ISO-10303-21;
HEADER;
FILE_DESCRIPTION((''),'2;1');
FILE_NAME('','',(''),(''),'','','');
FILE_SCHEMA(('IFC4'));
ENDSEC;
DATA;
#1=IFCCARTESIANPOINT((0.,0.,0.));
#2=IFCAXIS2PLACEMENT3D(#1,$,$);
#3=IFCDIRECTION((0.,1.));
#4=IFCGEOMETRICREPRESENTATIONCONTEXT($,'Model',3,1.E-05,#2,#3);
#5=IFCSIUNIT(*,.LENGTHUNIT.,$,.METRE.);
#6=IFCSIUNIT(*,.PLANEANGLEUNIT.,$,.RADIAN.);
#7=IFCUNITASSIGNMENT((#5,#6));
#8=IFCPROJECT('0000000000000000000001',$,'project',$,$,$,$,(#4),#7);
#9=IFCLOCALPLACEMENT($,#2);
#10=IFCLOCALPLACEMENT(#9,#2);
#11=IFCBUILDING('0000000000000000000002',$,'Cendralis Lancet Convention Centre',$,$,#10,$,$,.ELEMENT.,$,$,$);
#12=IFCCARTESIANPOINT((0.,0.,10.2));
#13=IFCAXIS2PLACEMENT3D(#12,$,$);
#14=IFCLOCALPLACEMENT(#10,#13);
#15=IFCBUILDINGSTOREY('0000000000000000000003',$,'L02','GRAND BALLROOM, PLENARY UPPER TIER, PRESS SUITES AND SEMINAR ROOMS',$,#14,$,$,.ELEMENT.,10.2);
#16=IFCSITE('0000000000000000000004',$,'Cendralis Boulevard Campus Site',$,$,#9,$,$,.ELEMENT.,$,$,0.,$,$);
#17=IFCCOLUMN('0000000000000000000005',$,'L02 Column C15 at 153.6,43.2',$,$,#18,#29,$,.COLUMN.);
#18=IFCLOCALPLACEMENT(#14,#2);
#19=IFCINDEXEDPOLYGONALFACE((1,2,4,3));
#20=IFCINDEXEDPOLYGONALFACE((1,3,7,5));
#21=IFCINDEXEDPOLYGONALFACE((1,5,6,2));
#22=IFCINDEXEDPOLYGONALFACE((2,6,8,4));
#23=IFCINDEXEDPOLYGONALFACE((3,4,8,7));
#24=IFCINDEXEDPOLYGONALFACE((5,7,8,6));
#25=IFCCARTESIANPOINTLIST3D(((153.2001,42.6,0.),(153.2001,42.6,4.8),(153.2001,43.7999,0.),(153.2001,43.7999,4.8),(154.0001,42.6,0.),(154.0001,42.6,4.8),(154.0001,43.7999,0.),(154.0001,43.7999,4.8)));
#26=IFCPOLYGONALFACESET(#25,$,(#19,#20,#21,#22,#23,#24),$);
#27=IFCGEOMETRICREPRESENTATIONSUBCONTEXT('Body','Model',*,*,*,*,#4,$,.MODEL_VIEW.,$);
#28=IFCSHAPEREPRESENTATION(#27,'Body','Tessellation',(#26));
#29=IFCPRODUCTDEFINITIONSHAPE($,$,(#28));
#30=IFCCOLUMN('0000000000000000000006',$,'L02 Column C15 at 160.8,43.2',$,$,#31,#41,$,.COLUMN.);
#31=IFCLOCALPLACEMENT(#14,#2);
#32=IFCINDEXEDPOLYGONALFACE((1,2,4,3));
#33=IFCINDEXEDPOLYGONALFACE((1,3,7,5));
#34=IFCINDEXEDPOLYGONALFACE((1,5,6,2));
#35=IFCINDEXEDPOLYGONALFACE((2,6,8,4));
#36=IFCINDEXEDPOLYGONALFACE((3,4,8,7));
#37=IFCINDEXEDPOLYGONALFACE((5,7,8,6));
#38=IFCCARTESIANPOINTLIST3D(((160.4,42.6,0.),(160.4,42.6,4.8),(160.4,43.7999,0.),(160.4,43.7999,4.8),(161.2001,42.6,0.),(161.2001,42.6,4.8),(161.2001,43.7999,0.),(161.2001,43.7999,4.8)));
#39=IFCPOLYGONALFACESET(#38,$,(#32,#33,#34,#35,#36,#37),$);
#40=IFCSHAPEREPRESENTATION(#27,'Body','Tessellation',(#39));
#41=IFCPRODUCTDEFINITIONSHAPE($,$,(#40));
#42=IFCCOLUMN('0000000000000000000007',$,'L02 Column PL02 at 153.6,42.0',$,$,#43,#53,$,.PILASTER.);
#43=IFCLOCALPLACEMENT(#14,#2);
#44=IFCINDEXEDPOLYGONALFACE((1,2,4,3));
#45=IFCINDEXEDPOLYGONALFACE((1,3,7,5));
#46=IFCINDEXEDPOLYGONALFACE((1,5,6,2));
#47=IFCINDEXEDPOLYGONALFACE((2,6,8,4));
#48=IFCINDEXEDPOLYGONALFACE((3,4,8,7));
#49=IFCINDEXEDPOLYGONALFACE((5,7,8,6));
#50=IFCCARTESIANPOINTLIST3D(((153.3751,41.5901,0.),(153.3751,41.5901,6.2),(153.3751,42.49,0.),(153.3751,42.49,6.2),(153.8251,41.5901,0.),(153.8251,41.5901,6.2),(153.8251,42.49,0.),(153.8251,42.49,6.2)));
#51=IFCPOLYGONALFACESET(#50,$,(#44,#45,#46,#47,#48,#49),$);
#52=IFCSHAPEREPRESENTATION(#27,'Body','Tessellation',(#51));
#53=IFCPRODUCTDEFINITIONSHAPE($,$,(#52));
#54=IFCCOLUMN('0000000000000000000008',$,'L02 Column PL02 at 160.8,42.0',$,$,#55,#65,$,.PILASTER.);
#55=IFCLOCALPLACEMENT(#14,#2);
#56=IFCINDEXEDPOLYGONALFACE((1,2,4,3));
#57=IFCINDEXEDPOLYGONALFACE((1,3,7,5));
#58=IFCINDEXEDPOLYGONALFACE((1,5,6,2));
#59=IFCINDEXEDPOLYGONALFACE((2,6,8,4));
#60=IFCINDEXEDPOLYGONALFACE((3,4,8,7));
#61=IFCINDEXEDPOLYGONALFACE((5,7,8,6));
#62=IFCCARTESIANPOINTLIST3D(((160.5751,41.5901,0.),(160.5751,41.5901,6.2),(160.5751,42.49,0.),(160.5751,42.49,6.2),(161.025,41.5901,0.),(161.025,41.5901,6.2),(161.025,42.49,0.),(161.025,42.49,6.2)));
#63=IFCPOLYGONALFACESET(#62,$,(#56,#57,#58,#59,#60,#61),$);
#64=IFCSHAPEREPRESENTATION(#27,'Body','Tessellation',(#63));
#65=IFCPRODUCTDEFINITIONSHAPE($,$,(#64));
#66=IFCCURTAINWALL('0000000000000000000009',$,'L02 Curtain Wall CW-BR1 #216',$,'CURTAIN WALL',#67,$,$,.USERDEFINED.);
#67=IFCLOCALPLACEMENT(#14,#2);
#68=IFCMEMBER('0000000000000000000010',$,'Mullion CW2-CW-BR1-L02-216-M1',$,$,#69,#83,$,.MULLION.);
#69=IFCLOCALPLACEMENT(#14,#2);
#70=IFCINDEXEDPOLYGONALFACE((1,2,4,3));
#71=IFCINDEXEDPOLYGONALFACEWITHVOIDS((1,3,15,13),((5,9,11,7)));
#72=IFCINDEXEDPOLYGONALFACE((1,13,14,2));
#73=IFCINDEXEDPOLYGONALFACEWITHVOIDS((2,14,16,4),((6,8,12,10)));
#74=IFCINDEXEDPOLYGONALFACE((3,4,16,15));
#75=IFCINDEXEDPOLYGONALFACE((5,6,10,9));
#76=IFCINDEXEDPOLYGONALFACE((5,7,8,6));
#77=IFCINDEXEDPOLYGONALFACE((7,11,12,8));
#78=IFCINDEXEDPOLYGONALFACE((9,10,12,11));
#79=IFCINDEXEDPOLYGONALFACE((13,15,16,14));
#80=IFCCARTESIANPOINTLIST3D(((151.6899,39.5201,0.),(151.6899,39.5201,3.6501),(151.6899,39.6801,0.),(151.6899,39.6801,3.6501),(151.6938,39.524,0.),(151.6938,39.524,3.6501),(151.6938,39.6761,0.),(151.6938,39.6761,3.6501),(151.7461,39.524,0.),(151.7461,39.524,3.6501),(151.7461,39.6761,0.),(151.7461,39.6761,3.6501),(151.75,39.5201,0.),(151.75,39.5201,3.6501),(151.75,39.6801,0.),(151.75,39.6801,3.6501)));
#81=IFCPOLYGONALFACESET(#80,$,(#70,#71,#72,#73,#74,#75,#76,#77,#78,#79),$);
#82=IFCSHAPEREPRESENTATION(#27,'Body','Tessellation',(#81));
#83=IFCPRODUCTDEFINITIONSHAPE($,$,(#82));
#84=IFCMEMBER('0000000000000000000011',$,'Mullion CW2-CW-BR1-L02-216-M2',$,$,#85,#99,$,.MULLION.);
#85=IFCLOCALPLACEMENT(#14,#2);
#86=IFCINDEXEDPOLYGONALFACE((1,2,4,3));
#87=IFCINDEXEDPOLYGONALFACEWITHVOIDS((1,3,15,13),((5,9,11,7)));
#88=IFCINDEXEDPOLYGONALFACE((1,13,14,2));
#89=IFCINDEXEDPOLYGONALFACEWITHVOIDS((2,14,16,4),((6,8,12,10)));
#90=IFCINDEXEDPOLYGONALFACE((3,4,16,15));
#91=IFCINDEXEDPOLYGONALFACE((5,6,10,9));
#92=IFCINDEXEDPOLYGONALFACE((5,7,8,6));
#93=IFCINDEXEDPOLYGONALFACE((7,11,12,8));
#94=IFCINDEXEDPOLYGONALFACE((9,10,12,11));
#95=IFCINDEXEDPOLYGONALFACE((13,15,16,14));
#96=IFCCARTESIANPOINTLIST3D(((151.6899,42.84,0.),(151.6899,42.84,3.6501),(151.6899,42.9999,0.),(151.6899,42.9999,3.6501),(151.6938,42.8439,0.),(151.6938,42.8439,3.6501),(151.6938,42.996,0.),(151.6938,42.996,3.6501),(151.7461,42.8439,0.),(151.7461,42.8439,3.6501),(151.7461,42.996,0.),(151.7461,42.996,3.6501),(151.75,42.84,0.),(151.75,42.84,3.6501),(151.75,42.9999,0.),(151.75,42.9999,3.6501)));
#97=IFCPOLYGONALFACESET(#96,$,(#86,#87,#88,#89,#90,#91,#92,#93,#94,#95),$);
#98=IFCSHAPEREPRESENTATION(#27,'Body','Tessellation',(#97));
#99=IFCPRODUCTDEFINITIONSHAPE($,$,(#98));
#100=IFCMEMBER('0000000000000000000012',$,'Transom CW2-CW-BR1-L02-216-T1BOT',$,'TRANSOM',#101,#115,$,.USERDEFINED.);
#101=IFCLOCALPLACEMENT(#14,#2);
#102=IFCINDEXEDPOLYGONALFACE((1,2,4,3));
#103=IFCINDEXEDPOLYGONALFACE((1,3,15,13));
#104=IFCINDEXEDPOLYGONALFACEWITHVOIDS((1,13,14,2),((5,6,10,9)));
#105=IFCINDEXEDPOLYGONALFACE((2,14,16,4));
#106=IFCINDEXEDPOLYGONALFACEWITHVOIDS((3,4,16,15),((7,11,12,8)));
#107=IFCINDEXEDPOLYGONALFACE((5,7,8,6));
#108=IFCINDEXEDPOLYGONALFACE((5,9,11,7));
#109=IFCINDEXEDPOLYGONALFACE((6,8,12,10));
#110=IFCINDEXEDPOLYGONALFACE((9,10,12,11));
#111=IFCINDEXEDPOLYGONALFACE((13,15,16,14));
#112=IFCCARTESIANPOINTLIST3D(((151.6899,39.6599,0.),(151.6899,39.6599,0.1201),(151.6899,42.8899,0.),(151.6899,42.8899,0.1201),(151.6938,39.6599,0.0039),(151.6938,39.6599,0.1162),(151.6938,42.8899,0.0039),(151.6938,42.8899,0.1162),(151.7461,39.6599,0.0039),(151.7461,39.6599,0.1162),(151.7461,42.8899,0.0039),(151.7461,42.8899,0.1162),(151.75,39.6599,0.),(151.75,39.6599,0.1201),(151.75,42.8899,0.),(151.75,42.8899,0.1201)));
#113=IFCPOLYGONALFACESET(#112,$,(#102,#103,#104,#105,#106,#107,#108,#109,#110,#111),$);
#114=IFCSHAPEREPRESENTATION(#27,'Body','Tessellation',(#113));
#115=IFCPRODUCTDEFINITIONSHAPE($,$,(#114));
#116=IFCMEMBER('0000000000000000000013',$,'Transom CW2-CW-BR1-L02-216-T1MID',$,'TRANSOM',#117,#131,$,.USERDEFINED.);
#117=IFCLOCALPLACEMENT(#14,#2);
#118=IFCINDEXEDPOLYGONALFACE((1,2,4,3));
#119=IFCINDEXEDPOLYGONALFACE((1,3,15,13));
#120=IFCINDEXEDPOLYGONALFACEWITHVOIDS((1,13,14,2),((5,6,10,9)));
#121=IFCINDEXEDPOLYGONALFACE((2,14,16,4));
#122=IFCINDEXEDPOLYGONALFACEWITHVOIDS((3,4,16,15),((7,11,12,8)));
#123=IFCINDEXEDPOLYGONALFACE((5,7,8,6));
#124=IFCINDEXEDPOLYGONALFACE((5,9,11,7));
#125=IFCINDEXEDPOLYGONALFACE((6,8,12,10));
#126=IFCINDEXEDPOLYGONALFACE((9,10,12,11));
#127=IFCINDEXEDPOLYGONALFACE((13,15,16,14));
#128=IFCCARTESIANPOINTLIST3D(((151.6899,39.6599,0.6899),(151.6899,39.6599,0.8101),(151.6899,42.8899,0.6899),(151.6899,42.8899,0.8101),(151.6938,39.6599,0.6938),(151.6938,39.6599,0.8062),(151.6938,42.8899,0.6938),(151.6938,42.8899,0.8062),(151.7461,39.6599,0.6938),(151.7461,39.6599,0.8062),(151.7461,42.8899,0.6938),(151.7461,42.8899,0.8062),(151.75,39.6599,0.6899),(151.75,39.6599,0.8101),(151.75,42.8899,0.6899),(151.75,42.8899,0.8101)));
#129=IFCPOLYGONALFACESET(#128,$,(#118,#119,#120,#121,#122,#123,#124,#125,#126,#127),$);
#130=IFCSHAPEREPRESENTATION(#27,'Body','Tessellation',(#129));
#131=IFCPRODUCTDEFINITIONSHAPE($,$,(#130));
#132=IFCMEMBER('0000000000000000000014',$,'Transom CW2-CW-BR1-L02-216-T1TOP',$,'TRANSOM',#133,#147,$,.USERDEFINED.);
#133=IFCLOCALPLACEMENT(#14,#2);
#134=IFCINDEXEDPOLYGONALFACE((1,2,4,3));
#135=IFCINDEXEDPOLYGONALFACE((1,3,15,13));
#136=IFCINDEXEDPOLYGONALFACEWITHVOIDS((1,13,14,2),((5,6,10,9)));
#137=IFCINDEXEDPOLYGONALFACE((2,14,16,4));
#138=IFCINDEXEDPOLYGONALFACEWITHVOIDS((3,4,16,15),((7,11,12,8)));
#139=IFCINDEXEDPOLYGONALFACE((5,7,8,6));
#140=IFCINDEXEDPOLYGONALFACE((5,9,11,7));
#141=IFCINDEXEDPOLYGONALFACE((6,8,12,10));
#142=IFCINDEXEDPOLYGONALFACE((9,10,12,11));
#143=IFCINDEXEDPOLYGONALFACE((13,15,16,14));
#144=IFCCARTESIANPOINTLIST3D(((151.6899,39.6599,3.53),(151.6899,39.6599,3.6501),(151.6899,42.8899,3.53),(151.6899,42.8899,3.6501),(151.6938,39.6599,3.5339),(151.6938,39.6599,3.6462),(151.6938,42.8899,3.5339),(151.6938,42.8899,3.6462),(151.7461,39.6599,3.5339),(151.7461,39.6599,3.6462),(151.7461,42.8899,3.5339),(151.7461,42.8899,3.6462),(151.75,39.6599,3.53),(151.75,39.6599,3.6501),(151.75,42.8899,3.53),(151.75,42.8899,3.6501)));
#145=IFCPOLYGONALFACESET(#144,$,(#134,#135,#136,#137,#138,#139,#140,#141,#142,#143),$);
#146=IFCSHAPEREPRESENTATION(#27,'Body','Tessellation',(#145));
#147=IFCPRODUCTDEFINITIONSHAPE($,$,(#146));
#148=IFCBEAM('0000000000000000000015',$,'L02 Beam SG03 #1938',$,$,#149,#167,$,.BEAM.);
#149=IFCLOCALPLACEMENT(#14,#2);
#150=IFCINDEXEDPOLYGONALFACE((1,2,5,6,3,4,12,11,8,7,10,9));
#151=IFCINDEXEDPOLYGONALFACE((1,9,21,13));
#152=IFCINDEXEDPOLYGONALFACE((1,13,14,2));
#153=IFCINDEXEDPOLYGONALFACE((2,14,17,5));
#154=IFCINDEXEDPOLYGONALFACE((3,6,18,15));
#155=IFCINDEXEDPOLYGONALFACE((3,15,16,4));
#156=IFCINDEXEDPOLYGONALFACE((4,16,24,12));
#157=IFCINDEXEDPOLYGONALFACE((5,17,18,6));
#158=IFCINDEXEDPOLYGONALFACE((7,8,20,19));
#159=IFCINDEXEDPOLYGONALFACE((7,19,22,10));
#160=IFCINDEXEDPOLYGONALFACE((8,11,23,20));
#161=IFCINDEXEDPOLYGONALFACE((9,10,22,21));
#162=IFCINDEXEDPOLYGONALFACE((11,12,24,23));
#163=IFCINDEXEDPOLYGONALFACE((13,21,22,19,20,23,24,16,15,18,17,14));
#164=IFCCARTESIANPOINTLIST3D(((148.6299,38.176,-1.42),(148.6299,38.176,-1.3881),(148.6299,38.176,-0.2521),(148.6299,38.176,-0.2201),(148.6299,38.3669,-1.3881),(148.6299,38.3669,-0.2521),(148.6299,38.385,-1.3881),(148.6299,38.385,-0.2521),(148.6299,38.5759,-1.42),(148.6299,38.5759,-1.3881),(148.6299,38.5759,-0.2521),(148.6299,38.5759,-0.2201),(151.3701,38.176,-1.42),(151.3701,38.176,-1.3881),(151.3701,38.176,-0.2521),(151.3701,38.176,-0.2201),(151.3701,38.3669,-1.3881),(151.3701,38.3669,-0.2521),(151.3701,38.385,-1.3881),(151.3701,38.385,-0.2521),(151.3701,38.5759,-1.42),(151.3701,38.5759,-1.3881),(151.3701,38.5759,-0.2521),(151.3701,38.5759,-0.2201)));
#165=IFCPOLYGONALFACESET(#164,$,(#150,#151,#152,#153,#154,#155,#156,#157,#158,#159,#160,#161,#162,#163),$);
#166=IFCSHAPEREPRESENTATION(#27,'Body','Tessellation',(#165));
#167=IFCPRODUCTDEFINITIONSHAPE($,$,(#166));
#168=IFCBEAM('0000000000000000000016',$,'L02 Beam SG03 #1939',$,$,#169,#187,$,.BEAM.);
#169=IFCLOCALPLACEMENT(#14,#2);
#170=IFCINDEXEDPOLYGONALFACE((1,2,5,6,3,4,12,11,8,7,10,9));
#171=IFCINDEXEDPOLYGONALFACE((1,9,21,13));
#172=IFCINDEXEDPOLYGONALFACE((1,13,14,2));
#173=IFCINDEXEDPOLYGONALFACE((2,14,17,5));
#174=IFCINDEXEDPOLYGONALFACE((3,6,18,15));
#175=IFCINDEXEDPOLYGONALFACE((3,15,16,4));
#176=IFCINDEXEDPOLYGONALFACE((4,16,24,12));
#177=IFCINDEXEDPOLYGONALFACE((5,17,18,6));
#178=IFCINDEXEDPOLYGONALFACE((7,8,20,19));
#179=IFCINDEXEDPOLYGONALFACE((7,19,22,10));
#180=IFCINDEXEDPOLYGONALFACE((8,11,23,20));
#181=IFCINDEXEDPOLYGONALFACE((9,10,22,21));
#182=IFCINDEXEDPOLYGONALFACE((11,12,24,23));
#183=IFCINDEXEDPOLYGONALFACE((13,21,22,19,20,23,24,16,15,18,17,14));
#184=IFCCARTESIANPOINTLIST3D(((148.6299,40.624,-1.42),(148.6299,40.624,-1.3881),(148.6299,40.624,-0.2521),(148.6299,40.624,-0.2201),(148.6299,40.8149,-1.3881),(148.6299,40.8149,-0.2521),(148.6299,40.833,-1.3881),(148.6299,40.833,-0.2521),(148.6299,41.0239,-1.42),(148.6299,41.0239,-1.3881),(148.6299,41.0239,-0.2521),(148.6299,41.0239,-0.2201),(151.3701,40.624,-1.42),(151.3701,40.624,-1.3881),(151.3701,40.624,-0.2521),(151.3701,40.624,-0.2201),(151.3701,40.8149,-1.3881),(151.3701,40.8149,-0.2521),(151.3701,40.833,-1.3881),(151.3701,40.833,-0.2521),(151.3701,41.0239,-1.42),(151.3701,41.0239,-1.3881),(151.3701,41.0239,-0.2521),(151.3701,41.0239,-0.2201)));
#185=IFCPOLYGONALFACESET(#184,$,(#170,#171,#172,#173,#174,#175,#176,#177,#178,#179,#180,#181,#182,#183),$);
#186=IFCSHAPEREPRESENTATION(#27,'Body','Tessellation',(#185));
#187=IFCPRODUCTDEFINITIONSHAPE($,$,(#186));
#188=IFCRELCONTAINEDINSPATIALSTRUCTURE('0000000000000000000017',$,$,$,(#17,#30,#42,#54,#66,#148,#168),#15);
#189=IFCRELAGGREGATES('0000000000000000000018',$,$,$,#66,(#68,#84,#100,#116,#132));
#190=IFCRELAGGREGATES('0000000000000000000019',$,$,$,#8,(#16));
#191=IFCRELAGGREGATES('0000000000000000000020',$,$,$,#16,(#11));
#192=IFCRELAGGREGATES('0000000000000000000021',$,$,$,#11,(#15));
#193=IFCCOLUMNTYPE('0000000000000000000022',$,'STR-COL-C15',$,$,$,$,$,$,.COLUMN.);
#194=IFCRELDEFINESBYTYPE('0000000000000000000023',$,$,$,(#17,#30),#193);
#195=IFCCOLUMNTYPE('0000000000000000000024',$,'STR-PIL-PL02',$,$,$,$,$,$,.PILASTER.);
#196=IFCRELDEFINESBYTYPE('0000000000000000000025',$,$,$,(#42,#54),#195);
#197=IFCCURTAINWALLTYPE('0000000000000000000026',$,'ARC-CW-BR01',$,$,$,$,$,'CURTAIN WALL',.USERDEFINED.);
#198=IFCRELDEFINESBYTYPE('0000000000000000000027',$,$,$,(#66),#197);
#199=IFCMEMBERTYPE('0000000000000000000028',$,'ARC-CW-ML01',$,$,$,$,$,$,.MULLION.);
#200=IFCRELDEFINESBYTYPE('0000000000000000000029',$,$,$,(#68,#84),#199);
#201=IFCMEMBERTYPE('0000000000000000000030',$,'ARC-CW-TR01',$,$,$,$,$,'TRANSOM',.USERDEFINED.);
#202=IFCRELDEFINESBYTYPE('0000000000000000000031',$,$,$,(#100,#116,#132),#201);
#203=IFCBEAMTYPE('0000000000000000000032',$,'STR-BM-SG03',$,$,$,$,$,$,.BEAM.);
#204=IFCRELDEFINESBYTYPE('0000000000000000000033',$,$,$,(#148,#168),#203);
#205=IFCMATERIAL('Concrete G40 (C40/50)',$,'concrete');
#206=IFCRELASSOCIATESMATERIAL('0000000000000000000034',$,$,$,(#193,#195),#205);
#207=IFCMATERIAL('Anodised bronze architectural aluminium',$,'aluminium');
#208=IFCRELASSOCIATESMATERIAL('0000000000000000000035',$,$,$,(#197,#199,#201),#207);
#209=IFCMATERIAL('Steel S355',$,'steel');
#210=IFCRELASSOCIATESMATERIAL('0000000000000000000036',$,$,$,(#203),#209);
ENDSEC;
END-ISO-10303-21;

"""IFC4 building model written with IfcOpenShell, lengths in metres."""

from ifc_helpers import new_model, si_unit, direction, frame, origin, origin_2d, place, context, subcontext, project, spatial, rectangle, hollow_rectangle, i_section, extrude, material, material_profile, profile_set, type_object, element, aggregate, save


model = new_model("IFC4")

# Units and contexts
model_context = context("Model", 3, precision=1e-05, world=origin(), true_north=direction((0.0, 1.0)))
body_context = subcontext(model_context, "Body", "Model", "MODEL_VIEW")
ifc_project = project(units=[si_unit("LENGTHUNIT", "METRE"), si_unit("PLANEANGLEUNIT", "RADIAN")], contexts=[model_context])

# Site, building, storey
site_placement = place(None, origin())
site = spatial("IfcSite", under=ifc_project, at=site_placement, Name="Cendralis Boulevard Campus Site", CompositionType="ELEMENT", RefElevation=0.0)
building_placement = place(site_placement, origin())
building = spatial("IfcBuilding", under=site, at=building_placement, Name="Cendralis Lancet Convention Centre", CompositionType="ELEMENT")
storey_placement = place(building_placement, frame((0.0, 0.0, 10.2)))
storey = spatial("IfcBuildingStorey", under=building, at=storey_placement, Name="L02", Description="GRAND BALLROOM, PLENARY UPPER TIER, PRESS SUITES AND SEMINAR ROOMS", CompositionType="ELEMENT", Elevation=10.2)

# Columns
ifc_material_1 = material(Name="Concrete G40 (C40/50)", Category="concrete")
ifc_material_profile_1 = material_profile(ifc_material_1, rectangle(XDim=0.8, YDim=1.2, at=origin_2d()), Name="RC 800x1200")
ifc_profile_set_1 = profile_set([ifc_material_profile_1], Name="Concrete G40 (C40/50)")
column_type_1 = type_object("IfcColumnType", Name="STR-COL-C15", PredefinedType="COLUMN", material=ifc_profile_set_1)
for number, where, z_axis, x_axis, name in (
    (1, (153.6001, 43.2, 0.0), (0.0, 0.0, 1.0), (1.0, 0.0, 0.0), "L02 Column C15 at 153.6,43.2"),
    (2, (160.8, 43.2, 0.0), (0.0, 0.0, 1.0), (1.0, 0.0, 0.0), "L02 Column C15 at 160.8,43.2"),
):
    element("IfcColumn", number, at=place(storey_placement, frame(where, z_axis=z_axis, x_axis=x_axis)), inside=storey, type_object=column_type_1, Name=name, PredefinedType="COLUMN", context=body_context, shape_type="SweptSolid", body=[
        extrude(rectangle(XDim=0.8, YDim=1.2, at=origin_2d()), origin(), (0.0, 0.0, 1.0), 4.8),
    ])
ifc_material_profile_2 = material_profile(ifc_material_1, rectangle(XDim=0.45, YDim=0.8999, at=origin_2d()), Name="RC 450x900")
ifc_profile_set_2 = profile_set([ifc_material_profile_2], Name="Concrete G40 (C40/50)")
column_type_2 = type_object("IfcColumnType", Name="STR-PIL-PL02", PredefinedType="PILASTER", material=ifc_profile_set_2)
for number, where, z_axis, x_axis, name in (
    (3, (153.6001, 42.04, 0.0), (0.0, 0.0, 1.0), (1.0, 0.0, 0.0), "L02 Column PL02 at 153.6,42.0"),
    (4, (160.8, 42.04, 0.0), (0.0, 0.0, 1.0), (1.0, 0.0, 0.0), "L02 Column PL02 at 160.8,42.0"),
):
    element("IfcColumn", number, at=place(storey_placement, frame(where, z_axis=z_axis, x_axis=x_axis)), inside=storey, type_object=column_type_2, Name=name, PredefinedType="PILASTER", context=body_context, shape_type="SweptSolid", body=[
        extrude(rectangle(XDim=0.45, YDim=0.8999, at=origin_2d()), origin(), (0.0, 0.0, 1.0), 6.2),
    ])

# Curtain wall, members
ifc_material_2 = material(Name="Anodised bronze architectural aluminium", Category="aluminium")
curtain_wall_type = type_object("IfcCurtainWallType", Name="ARC-CW-BR01", ElementType="CURTAIN WALL", PredefinedType="USERDEFINED", material=ifc_material_2)
curtain_wall_placement = place(storey_placement, origin())
curtain_wall = element("IfcCurtainWall", 5, at=curtain_wall_placement, inside=storey, type_object=curtain_wall_type, Name="L02 Curtain Wall CW-BR1 #216", ObjectType="CURTAIN WALL", PredefinedType="USERDEFINED")
ifc_material_profile_3 = material_profile(ifc_material_2, hollow_rectangle(XDim=0.0601, YDim=0.1599, WallThickness=0.0039, at=origin_2d()), Name="AL-MULL 60x160x4.0")
ifc_profile_set_3 = profile_set([ifc_material_profile_3], Name="Anodised bronze architectural aluminium")
member_type_1 = type_object("IfcMemberType", Name="ARC-CW-ML01", PredefinedType="MULLION", material=ifc_profile_set_3)
member_1_placement = place(storey_placement, frame((151.72, 39.6001, 0.0), z_axis=(0.0, 0.0, 1.0), x_axis=(1.0, 0.0, 0.0)))
member_1 = element("IfcMember", 6, at=member_1_placement, type_object=member_type_1, Name="Mullion CW2-CW-BR1-L02-216-M1", PredefinedType="MULLION", context=body_context, shape_type="SweptSolid", body=[
    extrude(hollow_rectangle(XDim=0.0601, YDim=0.1599, WallThickness=0.0039, at=origin_2d()), origin(), (0.0, 0.0, 1.0), 3.6501),
])
member_2_placement = place(storey_placement, frame((151.72, 42.9199, 0.0), z_axis=(0.0, 0.0, 1.0), x_axis=(1.0, 0.0, 0.0)))
member_2 = element("IfcMember", 7, at=member_2_placement, type_object=member_type_1, Name="Mullion CW2-CW-BR1-L02-216-M2", PredefinedType="MULLION", context=body_context, shape_type="SweptSolid", body=[
    extrude(hollow_rectangle(XDim=0.0601, YDim=0.1599, WallThickness=0.0039, at=origin_2d()), origin(), (0.0, 0.0, 1.0), 3.6501),
])
ifc_material_profile_4 = material_profile(ifc_material_2, hollow_rectangle(XDim=0.0601, YDim=0.1201, WallThickness=0.0039, at=origin_2d()), Name="AL-TRAN 60x120x4.0")
ifc_profile_set_4 = profile_set([ifc_material_profile_4], Name="Anodised bronze architectural aluminium")
member_type_2 = type_object("IfcMemberType", Name="ARC-CW-TR01", ElementType="TRANSOM", PredefinedType="USERDEFINED", material=ifc_profile_set_4)
member_3_placement = place(storey_placement, frame((151.72, 39.6599, 0.0601), z_axis=(0.0, 1.0, 0.0), x_axis=(-1.0, 0.0, 0.0)))
member_3 = element("IfcMember", 8, at=member_3_placement, type_object=member_type_2, Name="Transom CW2-CW-BR1-L02-216-T1BOT", ObjectType="TRANSOM", PredefinedType="USERDEFINED", context=body_context, shape_type="SweptSolid", body=[
    extrude(hollow_rectangle(XDim=0.0601, YDim=0.1201, WallThickness=0.0039, at=origin_2d()), origin(), (0.0, 0.0, 1.0), 3.23),
])
member_4_placement = place(storey_placement, frame((151.72, 39.6599, 0.75), z_axis=(0.0, 1.0, 0.0), x_axis=(-1.0, 0.0, 0.0)))
member_4 = element("IfcMember", 9, at=member_4_placement, type_object=member_type_2, Name="Transom CW2-CW-BR1-L02-216-T1MID", ObjectType="TRANSOM", PredefinedType="USERDEFINED", context=body_context, shape_type="SweptSolid", body=[
    extrude(hollow_rectangle(XDim=0.0601, YDim=0.1201, WallThickness=0.0039, at=origin_2d()), origin(), (0.0, 0.0, 1.0), 3.23),
])
member_5_placement = place(storey_placement, frame((151.72, 39.6599, 3.5901), z_axis=(0.0, 1.0, 0.0), x_axis=(-1.0, 0.0, 0.0)))
member_5 = element("IfcMember", 10, at=member_5_placement, type_object=member_type_2, Name="Transom CW2-CW-BR1-L02-216-T1TOP", ObjectType="TRANSOM", PredefinedType="USERDEFINED", context=body_context, shape_type="SweptSolid", body=[
    extrude(hollow_rectangle(XDim=0.0601, YDim=0.1201, WallThickness=0.0039, at=origin_2d()), origin(), (0.0, 0.0, 1.0), 3.23),
])

# Beams
ifc_material_3 = material(Name="Steel S355", Category="steel")
ifc_material_profile_5 = material_profile(ifc_material_3, i_section(OverallWidth=0.3999, OverallDepth=1.2, WebThickness=0.0181, FlangeThickness=0.032, at=origin_2d()), Name="PG 1200x400")
ifc_profile_set_5 = profile_set([ifc_material_profile_5], Name="Steel S355")
beam_type_1 = type_object("IfcBeamType", Name="STR-BM-SG03", PredefinedType="BEAM", material=ifc_profile_set_5)
for number, where, z_axis, x_axis, name in (
    (11, (148.6299, 38.376, -0.8201), (1.0, 0.0, 0.0), (0.0, 1.0, 0.0), "L02 Beam SG03 #1938"),
    (12, (148.6299, 40.824, -0.8201), (1.0, 0.0, 0.0), (0.0, 1.0, 0.0), "L02 Beam SG03 #1939"),
):
    element("IfcBeam", number, at=place(storey_placement, frame(where, z_axis=z_axis, x_axis=x_axis)), inside=storey, type_object=beam_type_1, Name=name, PredefinedType="BEAM", context=body_context, shape_type="SweptSolid", body=[
        extrude(i_section(OverallWidth=0.3999, OverallDepth=1.2, WebThickness=0.0181, FlangeThickness=0.032, at=origin_2d()), origin(), (0.0, 0.0, 1.0), 2.7402),
    ])

aggregate(curtain_wall, [member_1, member_2, member_3, member_4, member_5])

save(model, "model.ifc")
